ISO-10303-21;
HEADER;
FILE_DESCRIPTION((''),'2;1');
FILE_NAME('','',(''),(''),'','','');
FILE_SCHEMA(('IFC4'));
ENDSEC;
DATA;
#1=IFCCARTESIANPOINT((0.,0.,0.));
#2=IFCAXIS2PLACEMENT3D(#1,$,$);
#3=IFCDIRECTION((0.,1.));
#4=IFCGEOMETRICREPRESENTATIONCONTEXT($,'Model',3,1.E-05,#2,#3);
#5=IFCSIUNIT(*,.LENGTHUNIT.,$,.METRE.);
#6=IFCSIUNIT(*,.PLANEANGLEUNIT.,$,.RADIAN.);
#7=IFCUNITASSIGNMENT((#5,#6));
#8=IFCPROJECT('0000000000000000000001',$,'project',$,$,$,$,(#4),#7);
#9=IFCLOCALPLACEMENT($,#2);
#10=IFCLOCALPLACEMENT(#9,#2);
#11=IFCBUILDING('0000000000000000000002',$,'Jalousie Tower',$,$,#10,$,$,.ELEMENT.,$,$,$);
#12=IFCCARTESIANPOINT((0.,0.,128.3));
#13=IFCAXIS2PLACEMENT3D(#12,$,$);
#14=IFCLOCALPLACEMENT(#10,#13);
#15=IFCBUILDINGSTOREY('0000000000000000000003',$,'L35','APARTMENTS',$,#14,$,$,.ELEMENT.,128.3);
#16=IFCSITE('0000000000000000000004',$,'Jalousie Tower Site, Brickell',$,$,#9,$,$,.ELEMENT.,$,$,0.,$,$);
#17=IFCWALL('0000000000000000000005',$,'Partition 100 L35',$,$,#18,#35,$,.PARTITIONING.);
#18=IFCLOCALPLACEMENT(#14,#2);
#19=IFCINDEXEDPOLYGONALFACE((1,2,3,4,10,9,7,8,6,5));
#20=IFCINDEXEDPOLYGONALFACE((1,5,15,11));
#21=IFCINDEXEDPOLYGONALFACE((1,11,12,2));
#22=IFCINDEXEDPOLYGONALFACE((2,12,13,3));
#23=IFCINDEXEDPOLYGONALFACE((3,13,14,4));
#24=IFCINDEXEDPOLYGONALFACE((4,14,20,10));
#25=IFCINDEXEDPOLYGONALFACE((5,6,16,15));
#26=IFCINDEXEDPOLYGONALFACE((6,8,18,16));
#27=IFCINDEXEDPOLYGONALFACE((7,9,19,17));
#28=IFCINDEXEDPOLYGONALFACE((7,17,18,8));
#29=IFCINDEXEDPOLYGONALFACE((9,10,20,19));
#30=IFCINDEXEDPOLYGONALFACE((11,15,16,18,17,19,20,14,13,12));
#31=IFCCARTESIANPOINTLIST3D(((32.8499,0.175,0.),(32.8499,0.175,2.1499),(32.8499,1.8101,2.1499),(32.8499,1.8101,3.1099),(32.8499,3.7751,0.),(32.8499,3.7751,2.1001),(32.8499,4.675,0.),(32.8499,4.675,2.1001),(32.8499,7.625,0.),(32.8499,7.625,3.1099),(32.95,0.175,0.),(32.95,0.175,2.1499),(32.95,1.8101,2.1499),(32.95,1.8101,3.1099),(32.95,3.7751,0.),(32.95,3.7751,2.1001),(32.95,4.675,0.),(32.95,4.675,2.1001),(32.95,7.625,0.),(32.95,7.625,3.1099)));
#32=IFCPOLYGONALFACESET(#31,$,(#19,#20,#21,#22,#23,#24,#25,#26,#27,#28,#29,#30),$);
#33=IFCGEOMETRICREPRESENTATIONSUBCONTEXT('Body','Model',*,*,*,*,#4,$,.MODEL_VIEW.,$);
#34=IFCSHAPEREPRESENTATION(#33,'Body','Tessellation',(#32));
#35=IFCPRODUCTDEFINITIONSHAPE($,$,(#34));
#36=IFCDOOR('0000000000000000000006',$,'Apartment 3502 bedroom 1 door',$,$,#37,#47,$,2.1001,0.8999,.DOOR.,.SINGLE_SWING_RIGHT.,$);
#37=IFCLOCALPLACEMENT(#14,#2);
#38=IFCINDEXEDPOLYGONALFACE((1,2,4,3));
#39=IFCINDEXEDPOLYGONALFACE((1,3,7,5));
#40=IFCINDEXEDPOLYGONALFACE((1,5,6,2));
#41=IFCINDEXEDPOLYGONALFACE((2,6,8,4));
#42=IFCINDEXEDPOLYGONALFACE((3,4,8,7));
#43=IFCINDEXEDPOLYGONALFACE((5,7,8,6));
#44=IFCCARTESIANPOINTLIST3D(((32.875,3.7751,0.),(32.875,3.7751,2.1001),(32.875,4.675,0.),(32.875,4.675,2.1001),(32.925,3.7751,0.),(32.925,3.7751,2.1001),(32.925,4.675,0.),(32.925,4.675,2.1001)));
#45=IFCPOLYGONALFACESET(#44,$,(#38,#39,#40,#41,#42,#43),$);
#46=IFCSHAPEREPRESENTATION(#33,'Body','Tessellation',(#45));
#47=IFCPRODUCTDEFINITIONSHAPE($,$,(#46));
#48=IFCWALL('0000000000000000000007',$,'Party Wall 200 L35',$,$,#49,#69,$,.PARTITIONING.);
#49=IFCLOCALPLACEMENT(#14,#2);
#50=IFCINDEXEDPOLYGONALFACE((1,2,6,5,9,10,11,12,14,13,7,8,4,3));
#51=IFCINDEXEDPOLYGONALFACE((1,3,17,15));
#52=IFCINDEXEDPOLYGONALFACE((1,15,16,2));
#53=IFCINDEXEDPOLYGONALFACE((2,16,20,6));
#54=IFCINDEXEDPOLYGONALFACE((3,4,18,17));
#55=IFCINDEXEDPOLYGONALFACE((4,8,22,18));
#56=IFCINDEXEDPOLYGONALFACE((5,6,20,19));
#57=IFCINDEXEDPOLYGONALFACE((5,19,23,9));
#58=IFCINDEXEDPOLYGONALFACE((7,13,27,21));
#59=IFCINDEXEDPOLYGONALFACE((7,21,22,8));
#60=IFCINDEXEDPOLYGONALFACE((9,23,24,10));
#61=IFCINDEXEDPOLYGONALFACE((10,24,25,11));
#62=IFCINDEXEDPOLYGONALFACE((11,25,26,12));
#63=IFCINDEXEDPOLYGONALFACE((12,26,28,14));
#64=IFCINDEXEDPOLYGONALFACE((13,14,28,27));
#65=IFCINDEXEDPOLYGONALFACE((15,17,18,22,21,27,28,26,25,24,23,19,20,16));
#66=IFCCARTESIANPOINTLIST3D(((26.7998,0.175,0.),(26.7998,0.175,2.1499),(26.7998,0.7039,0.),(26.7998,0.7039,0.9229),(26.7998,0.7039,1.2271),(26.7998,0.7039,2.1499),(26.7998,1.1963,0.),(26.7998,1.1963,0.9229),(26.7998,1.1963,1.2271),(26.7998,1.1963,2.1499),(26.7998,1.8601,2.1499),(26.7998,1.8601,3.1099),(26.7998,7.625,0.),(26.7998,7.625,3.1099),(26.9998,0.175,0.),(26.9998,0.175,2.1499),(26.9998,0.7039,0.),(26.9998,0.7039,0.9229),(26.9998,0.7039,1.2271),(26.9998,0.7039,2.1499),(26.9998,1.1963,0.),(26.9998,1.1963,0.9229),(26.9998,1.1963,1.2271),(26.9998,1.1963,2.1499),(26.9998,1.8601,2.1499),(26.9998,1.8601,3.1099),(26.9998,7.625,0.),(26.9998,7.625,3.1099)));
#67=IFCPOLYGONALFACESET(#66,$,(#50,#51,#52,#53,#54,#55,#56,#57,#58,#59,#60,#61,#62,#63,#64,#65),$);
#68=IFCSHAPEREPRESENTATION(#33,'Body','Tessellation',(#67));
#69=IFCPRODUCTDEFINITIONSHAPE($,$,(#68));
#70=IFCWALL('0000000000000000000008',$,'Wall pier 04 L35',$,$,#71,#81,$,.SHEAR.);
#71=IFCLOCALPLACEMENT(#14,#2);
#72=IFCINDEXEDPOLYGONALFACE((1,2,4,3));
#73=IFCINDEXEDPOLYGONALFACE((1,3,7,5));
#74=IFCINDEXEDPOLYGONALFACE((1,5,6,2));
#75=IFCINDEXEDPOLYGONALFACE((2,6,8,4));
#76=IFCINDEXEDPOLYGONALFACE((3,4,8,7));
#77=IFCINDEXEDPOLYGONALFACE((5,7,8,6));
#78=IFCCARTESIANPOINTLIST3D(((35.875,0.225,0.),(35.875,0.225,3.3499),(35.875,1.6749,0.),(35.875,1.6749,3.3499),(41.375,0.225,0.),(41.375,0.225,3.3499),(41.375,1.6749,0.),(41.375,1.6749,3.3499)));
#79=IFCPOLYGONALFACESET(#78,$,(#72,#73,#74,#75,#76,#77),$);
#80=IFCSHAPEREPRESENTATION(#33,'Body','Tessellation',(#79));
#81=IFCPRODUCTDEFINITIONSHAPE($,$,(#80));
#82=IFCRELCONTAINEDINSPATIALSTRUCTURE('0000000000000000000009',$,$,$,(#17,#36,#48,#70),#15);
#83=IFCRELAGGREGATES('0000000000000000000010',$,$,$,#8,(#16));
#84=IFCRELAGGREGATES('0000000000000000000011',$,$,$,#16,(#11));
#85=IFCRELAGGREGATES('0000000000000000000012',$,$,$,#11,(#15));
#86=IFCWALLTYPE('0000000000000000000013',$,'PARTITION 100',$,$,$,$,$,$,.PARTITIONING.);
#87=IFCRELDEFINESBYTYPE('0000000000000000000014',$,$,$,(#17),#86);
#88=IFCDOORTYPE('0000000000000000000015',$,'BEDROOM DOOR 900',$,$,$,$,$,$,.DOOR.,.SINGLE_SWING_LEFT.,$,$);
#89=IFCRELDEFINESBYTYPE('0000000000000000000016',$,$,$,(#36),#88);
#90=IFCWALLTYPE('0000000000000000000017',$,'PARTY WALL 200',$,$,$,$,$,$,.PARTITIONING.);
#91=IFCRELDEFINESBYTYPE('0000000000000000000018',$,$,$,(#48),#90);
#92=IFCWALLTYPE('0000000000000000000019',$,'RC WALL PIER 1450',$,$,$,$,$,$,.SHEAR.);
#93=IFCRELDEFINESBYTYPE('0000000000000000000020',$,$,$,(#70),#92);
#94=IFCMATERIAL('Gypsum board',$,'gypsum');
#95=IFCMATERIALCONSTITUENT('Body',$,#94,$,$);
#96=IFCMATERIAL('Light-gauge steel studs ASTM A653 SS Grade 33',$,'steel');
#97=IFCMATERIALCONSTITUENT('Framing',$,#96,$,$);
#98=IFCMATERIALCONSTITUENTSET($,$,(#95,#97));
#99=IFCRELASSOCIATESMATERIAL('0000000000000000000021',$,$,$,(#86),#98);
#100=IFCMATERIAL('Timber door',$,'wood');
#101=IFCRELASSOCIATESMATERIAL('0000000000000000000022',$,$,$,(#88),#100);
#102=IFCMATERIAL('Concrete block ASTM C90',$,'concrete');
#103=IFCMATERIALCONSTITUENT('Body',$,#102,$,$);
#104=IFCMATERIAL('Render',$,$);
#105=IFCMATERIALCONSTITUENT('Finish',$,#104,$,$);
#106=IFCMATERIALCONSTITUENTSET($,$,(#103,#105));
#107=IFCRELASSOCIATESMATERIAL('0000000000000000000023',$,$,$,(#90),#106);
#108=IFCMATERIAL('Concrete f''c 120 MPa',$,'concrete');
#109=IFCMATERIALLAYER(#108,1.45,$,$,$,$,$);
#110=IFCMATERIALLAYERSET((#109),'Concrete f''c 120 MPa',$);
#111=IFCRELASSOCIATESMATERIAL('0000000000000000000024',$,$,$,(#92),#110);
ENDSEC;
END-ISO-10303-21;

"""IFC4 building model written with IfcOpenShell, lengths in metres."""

from ifc_helpers import new_model, si_unit, direction, frame, frame_2d, origin, place, context, subcontext, project, spatial, polyline, rectangle, outline, extrude, material, layer, layer_set, constituent, constituent_set, type_object, element, fill, save


model = new_model("IFC4")

# Units and contexts
model_context = context("Model", 3, precision=1e-05, world=origin(), true_north=direction((0.0, 1.0)))
body_context = subcontext(model_context, "Body", "Model", "MODEL_VIEW")
ifc_project = project(units=[si_unit("LENGTHUNIT", "METRE"), si_unit("PLANEANGLEUNIT", "RADIAN")], contexts=[model_context])

# Site, building, storey
site_placement = place(None, origin())
site = spatial("IfcSite", under=ifc_project, at=site_placement, Name="Jalousie Tower Site, Brickell", CompositionType="ELEMENT", RefElevation=0.0)
building_placement = place(site_placement, origin())
building = spatial("IfcBuilding", under=site, at=building_placement, Name="Jalousie Tower", CompositionType="ELEMENT")
storey_placement = place(building_placement, frame((0.0, 0.0, 128.3)))
storey = spatial("IfcBuildingStorey", under=building, at=storey_placement, Name="L35", Description="APARTMENTS", CompositionType="ELEMENT", Elevation=128.3)

# Wall, opening, door
ifc_material_1 = material(Name="Gypsum board", Category="gypsum")
ifc_constituent_1 = constituent(ifc_material_1, Name="Body")
ifc_material_2 = material(Name="Light-gauge steel studs ASTM A653 SS Grade 33", Category="steel")
ifc_constituent_2 = constituent(ifc_material_2, Name="Framing")
ifc_constituent_set_1 = constituent_set(constituents=[ifc_constituent_1, ifc_constituent_2])
wall_type_1 = type_object("IfcWallType", Name="PARTITION 100", PredefinedType="PARTITIONING", material=ifc_constituent_set_1)
wall_1_placement = place(storey_placement, frame((32.8999, 0.175, 0.0), z_axis=(0.0, 0.0, 1.0), x_axis=(0.0, 1.0, 0.0)))
wall_1 = element("IfcWall", 1, at=wall_1_placement, inside=storey, type_object=wall_type_1, Name="Partition 100 L35", PredefinedType="PARTITIONING", context=body_context, shape_type="SweptSolid", body=[
    extrude(outline(polyline([(0.0, 0.0), (7.45, 0.0), (7.45, 3.1099), (1.635, 3.1099), (1.635, 2.1499), (0.0, 2.1499), (0.0, 3.1099), (0.0, 0.0)])), frame((0.0, 0.05, 0.0), z_axis=(0.0, -1.0, 0.0), x_axis=(1.0, 0.0, 0.0)), (0.0, 0.0, 1.0), 0.1001),
])
opening_1_placement = place(wall_1_placement, frame((3.6001, 0.0, 0.0)))
opening_1 = element("IfcOpeningElement", 2, at=opening_1_placement, cuts=wall_1, PredefinedType="OPENING", context=body_context, shape_type="SweptSolid", body=[
    extrude(rectangle(XDim=0.8999, YDim=2.1001, at=frame_2d((0.45, 1.05))), frame((0.0, 0.0601, 0.0), z_axis=(0.0, -1.0, 0.0), x_axis=(1.0, 0.0, 0.0)), (0.0, 0.0, 1.0), 0.1201),
])
ifc_material_3 = material(Name="Timber door", Category="wood")
door_type = type_object("IfcDoorType", Name="BEDROOM DOOR 900", OperationType="SINGLE_SWING_LEFT", PredefinedType="DOOR", material=ifc_material_3)
door_placement = place(opening_1_placement, origin())
door = element("IfcDoor", 3, at=door_placement, inside=storey, type_object=door_type, Name="Apartment 3502 bedroom 1 door", OperationType="SINGLE_SWING_RIGHT", OverallHeight=2.1001, OverallWidth=0.8999, PredefinedType="DOOR", context=body_context, shape_type="SweptSolid", body=[
    extrude(rectangle(XDim=0.8999, YDim=2.1001, at=frame_2d((0.45, 1.05))), frame((0.0, 0.0249, 0.0), z_axis=(0.0, -1.0, 0.0), x_axis=(1.0, 0.0, 0.0)), (0.0, 0.0, 1.0), 0.05),
])
fill(opening_1, door)

# Walls
ifc_material_4 = material(Name="Concrete block ASTM C90", Category="concrete")
ifc_constituent_3 = constituent(ifc_material_4, Name="Body")
ifc_material_5 = material(Name="Render")
ifc_constituent_4 = constituent(ifc_material_5, Name="Finish")
ifc_constituent_set_2 = constituent_set(constituents=[ifc_constituent_3, ifc_constituent_4])
wall_type_2 = type_object("IfcWallType", Name="PARTY WALL 200", PredefinedType="PARTITIONING", material=ifc_constituent_set_2)
wall_2_placement = place(storey_placement, frame((26.8999, 0.175, 0.0), z_axis=(0.0, 0.0, 1.0), x_axis=(0.0, 1.0, 0.0)))
element("IfcWall", 4, at=wall_2_placement, inside=storey, type_object=wall_type_2, Name="Party Wall 200 L35", PredefinedType="PARTITIONING", context=body_context, shape_type="SweptSolid", body=[
    extrude(outline(polyline([(0.5288, 2.1499), (0.0, 2.1499), (0.0, 0.0), (0.5288, 0.0), (0.5288, 0.9229), (1.0212, 0.9229), (1.0212, 0.0), (7.45, 0.0), (7.45, 3.1099), (1.6851, 3.1099), (1.6851, 2.1499), (1.0212, 2.1499), (1.0212, 1.2271), (0.5288, 1.2271), (0.5288, 2.1499)])), frame((0.0, 0.1001, 0.0), z_axis=(0.0, -1.0, 0.0), x_axis=(1.0, 0.0, 0.0)), (0.0, 0.0, 1.0), 0.2),
])
ifc_material_6 = material(Name="Concrete f'c 120 MPa", Category="concrete")
ifc_layer_1 = layer(ifc_material_6, 1.45)
ifc_layer_set_1 = layer_set([ifc_layer_1], Name="Concrete f'c 120 MPa")
wall_type_3 = type_object("IfcWallType", Name="RC WALL PIER 1450", PredefinedType="SHEAR", material=ifc_layer_set_1)
wall_3_placement = place(storey_placement, frame((35.875, 0.95, 0.0), z_axis=(0.0, 0.0, 1.0), x_axis=(1.0, 0.0, 0.0)))
element("IfcWall", 5, at=wall_3_placement, inside=storey, type_object=wall_type_3, Name="Wall pier 04 L35", PredefinedType="SHEAR", context=body_context, shape_type="SweptSolid", body=[
    extrude(rectangle(XDim=5.5, YDim=1.45, at=frame_2d((2.75, 0.0))), origin(), (0.0, 0.0, 1.0), 3.3499),
])

save(model, "model.ifc")
